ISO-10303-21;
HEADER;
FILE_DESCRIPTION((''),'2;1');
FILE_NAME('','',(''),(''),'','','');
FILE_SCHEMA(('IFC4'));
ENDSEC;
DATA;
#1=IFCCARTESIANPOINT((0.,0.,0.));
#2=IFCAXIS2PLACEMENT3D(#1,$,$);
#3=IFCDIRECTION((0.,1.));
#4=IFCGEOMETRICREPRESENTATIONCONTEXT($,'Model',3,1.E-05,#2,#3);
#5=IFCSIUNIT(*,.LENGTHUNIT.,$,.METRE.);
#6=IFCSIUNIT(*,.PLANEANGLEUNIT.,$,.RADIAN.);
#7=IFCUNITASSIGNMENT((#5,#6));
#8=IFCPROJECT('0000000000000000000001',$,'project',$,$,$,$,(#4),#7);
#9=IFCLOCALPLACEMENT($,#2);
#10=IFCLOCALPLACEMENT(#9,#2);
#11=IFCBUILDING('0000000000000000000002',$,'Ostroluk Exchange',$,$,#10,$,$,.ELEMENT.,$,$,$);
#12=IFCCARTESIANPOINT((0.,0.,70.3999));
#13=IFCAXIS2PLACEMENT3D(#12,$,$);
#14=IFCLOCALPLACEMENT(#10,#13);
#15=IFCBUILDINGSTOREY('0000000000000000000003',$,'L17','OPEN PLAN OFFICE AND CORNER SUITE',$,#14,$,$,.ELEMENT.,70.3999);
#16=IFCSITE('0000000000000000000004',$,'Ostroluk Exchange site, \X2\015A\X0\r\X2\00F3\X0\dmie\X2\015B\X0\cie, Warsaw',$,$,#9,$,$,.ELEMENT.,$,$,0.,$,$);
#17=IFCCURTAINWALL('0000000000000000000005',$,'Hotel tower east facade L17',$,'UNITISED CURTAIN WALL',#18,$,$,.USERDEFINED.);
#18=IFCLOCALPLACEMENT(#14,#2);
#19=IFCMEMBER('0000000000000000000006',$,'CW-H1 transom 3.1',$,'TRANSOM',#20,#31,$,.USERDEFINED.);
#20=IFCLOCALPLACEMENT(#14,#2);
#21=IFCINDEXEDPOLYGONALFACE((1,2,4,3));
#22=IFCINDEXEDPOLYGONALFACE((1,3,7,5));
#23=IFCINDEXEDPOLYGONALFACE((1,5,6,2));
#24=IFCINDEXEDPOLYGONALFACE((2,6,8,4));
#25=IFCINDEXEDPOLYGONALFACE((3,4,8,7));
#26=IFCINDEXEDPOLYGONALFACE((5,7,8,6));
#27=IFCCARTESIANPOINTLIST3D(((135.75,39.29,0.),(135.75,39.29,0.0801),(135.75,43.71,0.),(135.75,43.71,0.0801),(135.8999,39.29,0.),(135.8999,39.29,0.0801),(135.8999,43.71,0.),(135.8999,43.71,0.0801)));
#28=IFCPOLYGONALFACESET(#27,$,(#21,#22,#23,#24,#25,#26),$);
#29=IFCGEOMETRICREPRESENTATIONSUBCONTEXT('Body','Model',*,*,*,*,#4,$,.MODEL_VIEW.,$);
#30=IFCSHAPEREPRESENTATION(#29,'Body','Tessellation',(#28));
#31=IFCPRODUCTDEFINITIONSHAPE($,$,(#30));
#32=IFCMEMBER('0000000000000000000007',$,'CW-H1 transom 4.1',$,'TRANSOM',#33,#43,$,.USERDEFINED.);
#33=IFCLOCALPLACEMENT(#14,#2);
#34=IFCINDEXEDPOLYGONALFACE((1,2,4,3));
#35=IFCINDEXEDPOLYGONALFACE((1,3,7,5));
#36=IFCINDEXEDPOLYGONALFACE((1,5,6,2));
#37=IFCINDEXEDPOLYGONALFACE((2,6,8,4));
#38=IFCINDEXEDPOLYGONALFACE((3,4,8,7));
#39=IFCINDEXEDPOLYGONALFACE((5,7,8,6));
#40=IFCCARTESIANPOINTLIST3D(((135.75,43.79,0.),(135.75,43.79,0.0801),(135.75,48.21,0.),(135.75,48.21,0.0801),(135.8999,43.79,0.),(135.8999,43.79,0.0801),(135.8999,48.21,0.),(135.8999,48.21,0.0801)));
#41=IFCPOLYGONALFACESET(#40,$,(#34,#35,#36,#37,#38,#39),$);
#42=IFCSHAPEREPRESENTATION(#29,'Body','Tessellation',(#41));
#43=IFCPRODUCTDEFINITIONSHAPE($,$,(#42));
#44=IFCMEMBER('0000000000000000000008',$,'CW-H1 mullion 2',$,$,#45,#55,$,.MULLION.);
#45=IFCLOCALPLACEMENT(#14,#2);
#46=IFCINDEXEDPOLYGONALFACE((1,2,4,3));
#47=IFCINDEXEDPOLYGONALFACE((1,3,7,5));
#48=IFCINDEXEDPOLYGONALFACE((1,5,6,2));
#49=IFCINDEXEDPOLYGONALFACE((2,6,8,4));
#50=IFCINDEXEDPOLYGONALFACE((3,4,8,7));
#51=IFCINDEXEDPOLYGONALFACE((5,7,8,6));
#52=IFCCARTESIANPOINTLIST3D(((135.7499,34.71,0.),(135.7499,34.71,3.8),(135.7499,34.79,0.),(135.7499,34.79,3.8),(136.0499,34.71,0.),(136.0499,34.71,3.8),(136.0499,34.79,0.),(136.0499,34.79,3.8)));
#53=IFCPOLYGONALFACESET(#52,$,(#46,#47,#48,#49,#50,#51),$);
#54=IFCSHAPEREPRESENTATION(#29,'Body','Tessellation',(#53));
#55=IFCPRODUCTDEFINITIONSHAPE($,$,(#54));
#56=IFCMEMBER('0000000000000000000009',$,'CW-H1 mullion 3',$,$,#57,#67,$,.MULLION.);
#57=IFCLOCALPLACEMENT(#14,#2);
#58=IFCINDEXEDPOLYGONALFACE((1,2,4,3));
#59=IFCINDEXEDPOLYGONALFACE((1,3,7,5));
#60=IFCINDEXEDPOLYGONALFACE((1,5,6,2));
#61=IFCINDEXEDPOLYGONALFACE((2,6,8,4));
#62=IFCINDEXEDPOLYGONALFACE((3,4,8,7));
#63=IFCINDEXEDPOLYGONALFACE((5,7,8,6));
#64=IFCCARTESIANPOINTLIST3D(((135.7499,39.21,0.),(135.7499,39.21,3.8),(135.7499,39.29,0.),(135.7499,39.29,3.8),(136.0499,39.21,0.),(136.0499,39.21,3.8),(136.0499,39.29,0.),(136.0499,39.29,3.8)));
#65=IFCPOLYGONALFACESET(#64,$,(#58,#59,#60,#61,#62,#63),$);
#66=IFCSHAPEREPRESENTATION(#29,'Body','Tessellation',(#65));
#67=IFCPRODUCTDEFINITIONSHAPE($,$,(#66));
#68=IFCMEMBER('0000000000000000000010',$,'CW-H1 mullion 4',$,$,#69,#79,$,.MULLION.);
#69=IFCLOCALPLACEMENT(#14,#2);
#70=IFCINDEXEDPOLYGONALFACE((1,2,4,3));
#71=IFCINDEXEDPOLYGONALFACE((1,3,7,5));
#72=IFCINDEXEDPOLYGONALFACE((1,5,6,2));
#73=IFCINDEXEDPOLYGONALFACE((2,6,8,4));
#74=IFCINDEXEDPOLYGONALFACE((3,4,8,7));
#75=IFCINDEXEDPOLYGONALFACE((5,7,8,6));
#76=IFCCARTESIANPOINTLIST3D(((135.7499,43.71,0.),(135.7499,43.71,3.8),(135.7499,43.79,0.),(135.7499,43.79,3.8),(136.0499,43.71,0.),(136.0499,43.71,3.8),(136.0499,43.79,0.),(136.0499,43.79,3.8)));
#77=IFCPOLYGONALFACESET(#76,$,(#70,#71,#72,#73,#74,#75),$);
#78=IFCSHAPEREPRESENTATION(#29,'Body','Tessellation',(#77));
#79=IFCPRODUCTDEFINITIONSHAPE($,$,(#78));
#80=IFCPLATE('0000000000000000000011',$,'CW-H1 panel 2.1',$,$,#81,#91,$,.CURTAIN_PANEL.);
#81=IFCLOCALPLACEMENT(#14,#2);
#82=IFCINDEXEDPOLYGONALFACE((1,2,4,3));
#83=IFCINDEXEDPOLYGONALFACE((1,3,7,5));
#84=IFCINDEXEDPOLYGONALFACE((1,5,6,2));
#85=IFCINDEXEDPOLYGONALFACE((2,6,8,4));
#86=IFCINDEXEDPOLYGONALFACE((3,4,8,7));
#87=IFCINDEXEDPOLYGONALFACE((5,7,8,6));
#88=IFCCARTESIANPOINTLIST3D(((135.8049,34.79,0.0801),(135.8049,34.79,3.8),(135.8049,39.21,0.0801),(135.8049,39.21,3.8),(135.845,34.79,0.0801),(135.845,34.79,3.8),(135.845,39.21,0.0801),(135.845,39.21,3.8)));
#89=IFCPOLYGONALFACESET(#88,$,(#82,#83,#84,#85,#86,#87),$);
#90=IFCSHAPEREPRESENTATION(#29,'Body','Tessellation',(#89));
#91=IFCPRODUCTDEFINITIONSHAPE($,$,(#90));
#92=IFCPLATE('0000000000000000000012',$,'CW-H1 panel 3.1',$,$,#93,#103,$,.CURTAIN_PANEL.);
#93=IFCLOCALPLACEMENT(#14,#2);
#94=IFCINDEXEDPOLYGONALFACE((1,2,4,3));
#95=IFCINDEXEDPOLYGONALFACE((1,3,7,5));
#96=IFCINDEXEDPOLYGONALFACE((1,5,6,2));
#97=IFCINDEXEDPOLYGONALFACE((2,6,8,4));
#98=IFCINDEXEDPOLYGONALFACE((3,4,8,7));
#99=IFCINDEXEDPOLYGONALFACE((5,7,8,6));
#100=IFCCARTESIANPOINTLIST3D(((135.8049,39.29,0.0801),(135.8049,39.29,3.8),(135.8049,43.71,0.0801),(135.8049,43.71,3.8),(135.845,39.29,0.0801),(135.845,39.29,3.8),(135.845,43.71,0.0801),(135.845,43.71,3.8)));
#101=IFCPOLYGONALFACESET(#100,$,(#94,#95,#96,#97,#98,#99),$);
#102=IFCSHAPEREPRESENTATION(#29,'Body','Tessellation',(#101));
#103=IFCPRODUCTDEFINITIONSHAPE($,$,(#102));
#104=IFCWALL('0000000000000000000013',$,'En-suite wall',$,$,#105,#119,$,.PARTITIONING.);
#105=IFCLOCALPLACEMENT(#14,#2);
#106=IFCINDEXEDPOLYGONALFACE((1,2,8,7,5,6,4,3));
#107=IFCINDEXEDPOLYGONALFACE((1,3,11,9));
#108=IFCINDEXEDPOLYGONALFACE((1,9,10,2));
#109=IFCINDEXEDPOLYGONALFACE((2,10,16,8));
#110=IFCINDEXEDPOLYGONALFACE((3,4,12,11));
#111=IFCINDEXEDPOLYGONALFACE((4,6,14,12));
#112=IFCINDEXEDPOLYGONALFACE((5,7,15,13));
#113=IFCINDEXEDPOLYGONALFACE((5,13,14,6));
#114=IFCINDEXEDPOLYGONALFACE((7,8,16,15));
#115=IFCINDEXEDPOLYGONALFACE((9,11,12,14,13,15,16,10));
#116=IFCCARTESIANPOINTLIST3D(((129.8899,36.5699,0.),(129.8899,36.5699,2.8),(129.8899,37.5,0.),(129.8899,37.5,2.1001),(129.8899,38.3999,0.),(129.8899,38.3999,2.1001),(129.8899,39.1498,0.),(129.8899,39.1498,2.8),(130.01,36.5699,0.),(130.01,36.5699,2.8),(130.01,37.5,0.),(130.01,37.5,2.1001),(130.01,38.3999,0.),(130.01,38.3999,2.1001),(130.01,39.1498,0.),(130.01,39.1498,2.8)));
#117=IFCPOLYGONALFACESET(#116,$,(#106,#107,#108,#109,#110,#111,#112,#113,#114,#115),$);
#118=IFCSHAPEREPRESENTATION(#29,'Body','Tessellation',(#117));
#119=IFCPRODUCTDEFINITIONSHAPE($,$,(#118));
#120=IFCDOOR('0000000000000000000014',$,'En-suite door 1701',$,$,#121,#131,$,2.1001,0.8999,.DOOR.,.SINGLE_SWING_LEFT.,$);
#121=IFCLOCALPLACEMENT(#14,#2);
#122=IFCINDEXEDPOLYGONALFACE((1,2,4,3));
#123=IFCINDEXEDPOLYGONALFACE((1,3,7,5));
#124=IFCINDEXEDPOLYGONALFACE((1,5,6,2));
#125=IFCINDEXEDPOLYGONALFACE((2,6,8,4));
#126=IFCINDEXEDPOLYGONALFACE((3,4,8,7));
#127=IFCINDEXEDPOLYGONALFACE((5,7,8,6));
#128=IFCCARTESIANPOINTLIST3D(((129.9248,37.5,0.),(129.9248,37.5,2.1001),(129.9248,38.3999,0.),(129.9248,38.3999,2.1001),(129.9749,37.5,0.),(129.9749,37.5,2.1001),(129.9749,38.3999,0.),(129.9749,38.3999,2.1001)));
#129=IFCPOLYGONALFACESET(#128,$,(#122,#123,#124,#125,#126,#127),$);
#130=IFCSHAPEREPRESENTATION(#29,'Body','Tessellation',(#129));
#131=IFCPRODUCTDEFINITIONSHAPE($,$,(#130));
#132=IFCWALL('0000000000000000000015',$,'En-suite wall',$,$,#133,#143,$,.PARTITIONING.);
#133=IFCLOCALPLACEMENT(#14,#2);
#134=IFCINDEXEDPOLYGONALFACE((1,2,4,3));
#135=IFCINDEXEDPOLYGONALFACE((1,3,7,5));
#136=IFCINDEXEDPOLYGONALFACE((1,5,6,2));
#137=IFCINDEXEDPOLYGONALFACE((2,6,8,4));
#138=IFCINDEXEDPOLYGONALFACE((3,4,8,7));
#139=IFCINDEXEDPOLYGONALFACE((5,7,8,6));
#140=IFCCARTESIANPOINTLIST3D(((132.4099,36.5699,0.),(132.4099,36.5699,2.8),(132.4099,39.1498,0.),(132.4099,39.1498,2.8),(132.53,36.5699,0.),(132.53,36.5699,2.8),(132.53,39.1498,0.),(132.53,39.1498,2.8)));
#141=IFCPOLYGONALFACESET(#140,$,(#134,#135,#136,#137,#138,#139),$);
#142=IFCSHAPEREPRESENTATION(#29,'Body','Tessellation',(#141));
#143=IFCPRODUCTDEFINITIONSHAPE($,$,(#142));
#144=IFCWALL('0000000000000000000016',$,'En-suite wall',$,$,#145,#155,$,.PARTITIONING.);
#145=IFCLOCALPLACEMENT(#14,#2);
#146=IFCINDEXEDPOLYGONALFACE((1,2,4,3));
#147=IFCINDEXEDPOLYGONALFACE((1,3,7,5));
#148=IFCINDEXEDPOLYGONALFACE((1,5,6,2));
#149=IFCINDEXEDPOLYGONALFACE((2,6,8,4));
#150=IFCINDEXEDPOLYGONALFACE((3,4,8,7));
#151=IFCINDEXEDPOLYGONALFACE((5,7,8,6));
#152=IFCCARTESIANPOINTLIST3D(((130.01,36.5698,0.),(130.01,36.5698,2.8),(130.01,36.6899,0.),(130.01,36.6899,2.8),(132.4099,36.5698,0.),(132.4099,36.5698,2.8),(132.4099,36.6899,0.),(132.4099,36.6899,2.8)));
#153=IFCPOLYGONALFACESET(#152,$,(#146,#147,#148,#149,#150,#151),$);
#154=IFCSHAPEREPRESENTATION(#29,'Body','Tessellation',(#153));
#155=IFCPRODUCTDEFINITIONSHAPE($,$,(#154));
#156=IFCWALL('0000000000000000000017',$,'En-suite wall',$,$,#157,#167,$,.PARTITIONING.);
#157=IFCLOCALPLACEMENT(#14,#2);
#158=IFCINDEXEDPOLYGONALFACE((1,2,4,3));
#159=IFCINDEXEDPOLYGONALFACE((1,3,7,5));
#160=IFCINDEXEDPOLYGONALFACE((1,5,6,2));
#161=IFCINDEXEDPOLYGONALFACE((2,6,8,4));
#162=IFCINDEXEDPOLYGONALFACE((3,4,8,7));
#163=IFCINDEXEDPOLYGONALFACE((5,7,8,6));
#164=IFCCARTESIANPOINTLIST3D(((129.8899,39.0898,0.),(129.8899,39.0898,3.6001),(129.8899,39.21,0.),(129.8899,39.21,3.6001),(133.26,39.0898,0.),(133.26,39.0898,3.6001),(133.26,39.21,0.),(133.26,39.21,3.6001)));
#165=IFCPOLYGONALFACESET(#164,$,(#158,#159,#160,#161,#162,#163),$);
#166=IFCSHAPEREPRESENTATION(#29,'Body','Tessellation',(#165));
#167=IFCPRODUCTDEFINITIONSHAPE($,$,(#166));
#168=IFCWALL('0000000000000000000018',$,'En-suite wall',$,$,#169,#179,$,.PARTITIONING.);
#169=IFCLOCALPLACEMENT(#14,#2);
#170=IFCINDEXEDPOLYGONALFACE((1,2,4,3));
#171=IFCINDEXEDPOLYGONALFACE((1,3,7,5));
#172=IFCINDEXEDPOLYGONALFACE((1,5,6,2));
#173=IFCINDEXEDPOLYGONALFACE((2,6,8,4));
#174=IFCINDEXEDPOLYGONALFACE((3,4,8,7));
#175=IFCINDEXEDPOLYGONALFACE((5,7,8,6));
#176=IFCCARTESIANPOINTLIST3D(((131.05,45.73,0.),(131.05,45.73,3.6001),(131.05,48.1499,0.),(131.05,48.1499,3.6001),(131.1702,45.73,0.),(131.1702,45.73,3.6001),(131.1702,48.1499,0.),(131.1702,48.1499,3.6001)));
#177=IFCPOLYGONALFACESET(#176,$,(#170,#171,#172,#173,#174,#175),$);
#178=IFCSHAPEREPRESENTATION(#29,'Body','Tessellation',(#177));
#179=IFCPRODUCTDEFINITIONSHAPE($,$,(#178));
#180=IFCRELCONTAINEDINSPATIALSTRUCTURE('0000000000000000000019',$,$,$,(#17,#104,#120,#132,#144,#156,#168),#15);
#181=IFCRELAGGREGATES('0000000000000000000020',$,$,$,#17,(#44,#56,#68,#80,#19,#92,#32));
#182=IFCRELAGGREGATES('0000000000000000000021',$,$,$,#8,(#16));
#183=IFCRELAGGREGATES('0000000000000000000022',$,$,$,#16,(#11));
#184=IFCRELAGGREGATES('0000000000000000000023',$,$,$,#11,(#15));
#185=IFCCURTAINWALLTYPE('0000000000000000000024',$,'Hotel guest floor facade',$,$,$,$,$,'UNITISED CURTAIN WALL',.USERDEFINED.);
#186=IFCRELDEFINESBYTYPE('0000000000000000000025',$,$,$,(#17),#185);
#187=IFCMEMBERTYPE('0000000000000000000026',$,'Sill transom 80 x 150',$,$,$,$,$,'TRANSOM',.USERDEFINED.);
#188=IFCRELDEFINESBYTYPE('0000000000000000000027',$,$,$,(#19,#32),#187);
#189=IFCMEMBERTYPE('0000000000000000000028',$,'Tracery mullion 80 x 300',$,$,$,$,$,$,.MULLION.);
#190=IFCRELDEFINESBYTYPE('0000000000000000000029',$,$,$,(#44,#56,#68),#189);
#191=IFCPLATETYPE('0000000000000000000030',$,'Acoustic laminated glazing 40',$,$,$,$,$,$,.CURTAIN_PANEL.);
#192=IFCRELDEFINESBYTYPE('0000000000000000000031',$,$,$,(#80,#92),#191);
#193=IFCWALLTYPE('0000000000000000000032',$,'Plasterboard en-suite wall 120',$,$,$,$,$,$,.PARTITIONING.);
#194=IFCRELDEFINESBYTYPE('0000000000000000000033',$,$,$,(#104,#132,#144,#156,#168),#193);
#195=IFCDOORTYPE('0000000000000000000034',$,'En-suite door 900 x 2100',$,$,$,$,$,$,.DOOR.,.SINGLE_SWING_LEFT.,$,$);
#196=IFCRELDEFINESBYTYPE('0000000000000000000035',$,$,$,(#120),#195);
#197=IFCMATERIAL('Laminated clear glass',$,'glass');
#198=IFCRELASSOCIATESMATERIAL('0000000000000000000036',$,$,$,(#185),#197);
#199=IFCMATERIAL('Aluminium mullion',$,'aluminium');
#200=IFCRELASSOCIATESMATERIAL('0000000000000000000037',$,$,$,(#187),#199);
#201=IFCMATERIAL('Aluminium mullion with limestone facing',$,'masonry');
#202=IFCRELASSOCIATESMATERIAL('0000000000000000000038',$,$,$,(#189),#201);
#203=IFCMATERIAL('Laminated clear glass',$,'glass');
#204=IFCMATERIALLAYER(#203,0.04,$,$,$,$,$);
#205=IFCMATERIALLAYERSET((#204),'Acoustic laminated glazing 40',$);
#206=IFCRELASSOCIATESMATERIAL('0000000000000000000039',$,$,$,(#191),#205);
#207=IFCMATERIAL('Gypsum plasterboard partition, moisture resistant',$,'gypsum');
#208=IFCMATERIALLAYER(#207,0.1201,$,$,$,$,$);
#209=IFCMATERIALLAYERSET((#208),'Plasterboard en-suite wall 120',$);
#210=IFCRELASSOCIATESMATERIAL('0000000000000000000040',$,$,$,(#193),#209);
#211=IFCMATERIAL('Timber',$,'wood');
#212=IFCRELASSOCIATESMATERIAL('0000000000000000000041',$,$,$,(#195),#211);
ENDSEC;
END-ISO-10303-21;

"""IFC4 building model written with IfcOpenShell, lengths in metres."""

from ifc_helpers import new_model, si_unit, direction, frame, frame_2d, origin, origin_2d, place, context, subcontext, project, spatial, rectangle, extrude, material, layer, layer_set, material_profile, profile_set, type_object, element, fill, aggregate, save


model = new_model("IFC4")

# Units and contexts
model_context = context("Model", 3, precision=1e-05, world=origin(), true_north=direction((0.0, 1.0)))
body_context = subcontext(model_context, "Body", "Model", "MODEL_VIEW")
ifc_project = project(units=[si_unit("LENGTHUNIT", "METRE"), si_unit("PLANEANGLEUNIT", "RADIAN")], contexts=[model_context])

# Site, building, storey
site_placement = place(None, origin())
site = spatial("IfcSite", under=ifc_project, at=site_placement, Name="Ostroluk Exchange site, Śródmieście, Warsaw", CompositionType="ELEMENT", RefElevation=0.0)
building_placement = place(site_placement, origin())
building = spatial("IfcBuilding", under=site, at=building_placement, Name="Ostroluk Exchange", CompositionType="ELEMENT")
storey_placement = place(building_placement, frame((0.0, 0.0, 70.3999)))
storey = spatial("IfcBuildingStorey", under=building, at=storey_placement, Name="L17", Description="OPEN PLAN OFFICE AND CORNER SUITE", CompositionType="ELEMENT", Elevation=70.3999)

# Curtain wall, members, plates
ifc_material_1 = material(Name="Laminated clear glass", Category="glass")
curtain_wall_type = type_object("IfcCurtainWallType", Name="Hotel guest floor facade", ElementType="UNITISED CURTAIN WALL", PredefinedType="USERDEFINED", material=ifc_material_1)
curtain_wall_placement = place(storey_placement, origin())
curtain_wall = element("IfcCurtainWall", 1, at=curtain_wall_placement, inside=storey, type_object=curtain_wall_type, Name="Hotel tower east facade L17", ObjectType="UNITISED CURTAIN WALL", PredefinedType="USERDEFINED")
ifc_material_2 = material(Name="Aluminium mullion", Category="aluminium")
ifc_material_profile_1 = material_profile(ifc_material_2, rectangle(XDim=0.1499, YDim=0.0801, at=origin_2d()), Name="Sill transom 80 x 150")
ifc_profile_set_1 = profile_set([ifc_material_profile_1], Name="Aluminium mullion")
member_type_1 = type_object("IfcMemberType", Name="Sill transom 80 x 150", ElementType="TRANSOM", PredefinedType="USERDEFINED", material=ifc_profile_set_1)
member_1_placement = place(storey_placement, frame((135.825, 39.29, 0.04), z_axis=(0.0, 1.0, 0.0), x_axis=(-1.0, 0.0, 0.0)))
member_1 = element("IfcMember", 2, at=member_1_placement, type_object=member_type_1, Name="CW-H1 transom 3.1", ObjectType="TRANSOM", PredefinedType="USERDEFINED", context=body_context, shape_type="SweptSolid", body=[
    extrude(rectangle(XDim=0.1499, YDim=0.0801, at=origin_2d()), origin(), (0.0, 0.0, 1.0), 4.4199),
])
member_2_placement = place(storey_placement, frame((135.825, 43.79, 0.04), z_axis=(0.0, 1.0, 0.0), x_axis=(-1.0, 0.0, 0.0)))
member_2 = element("IfcMember", 3, at=member_2_placement, type_object=member_type_1, Name="CW-H1 transom 4.1", ObjectType="TRANSOM", PredefinedType="USERDEFINED", context=body_context, shape_type="SweptSolid", body=[
    extrude(rectangle(XDim=0.1499, YDim=0.0801, at=origin_2d()), origin(), (0.0, 0.0, 1.0), 4.4199),
])
ifc_material_3 = material(Name="Aluminium mullion with limestone facing", Category="masonry")
ifc_material_profile_2 = material_profile(ifc_material_3, rectangle(XDim=0.3, YDim=0.0801, at=origin_2d()), Name="Tracery mullion 80 x 300")
ifc_profile_set_2 = profile_set([ifc_material_profile_2], Name="Aluminium mullion with limestone facing")
member_type_2 = type_object("IfcMemberType", Name="Tracery mullion 80 x 300", PredefinedType="MULLION", material=ifc_profile_set_2)
member_3_placement = place(storey_placement, frame((135.8999, 34.75, 0.0), z_axis=(0.0, 0.0, 1.0), x_axis=(-1.0, 0.0, 0.0)))
member_3 = element("IfcMember", 4, at=member_3_placement, type_object=member_type_2, Name="CW-H1 mullion 2", PredefinedType="MULLION", context=body_context, shape_type="SweptSolid", body=[
    extrude(rectangle(XDim=0.3, YDim=0.0801, at=origin_2d()), origin(), (0.0, 0.0, 1.0), 3.8),
])
member_4_placement = place(storey_placement, frame((135.8999, 39.25, 0.0), z_axis=(0.0, 0.0, 1.0), x_axis=(-1.0, 0.0, 0.0)))
member_4 = element("IfcMember", 5, at=member_4_placement, type_object=member_type_2, Name="CW-H1 mullion 3", PredefinedType="MULLION", context=body_context, shape_type="SweptSolid", body=[
    extrude(rectangle(XDim=0.3, YDim=0.0801, at=origin_2d()), origin(), (0.0, 0.0, 1.0), 3.8),
])
member_5_placement = place(storey_placement, frame((135.8999, 43.75, 0.0), z_axis=(0.0, 0.0, 1.0), x_axis=(-1.0, 0.0, 0.0)))
member_5 = element("IfcMember", 6, at=member_5_placement, type_object=member_type_2, Name="CW-H1 mullion 4", PredefinedType="MULLION", context=body_context, shape_type="SweptSolid", body=[
    extrude(rectangle(XDim=0.3, YDim=0.0801, at=origin_2d()), origin(), (0.0, 0.0, 1.0), 3.8),
])
ifc_material_4 = material(Name="Laminated clear glass", Category="glass")
ifc_layer_1 = layer(ifc_material_4, 0.04)
ifc_layer_set_1 = layer_set([ifc_layer_1], Name="Acoustic laminated glazing 40")
plate_type = type_object("IfcPlateType", Name="Acoustic laminated glazing 40", PredefinedType="CURTAIN_PANEL", material=ifc_layer_set_1)
plate_1_placement = place(storey_placement, frame((135.825, 37.0, 0.0801), z_axis=(0.0, 0.0, 1.0), x_axis=(0.0, 1.0, 0.0)))
plate_1 = element("IfcPlate", 7, at=plate_1_placement, type_object=plate_type, Name="CW-H1 panel 2.1", PredefinedType="CURTAIN_PANEL", context=body_context, shape_type="SweptSolid", body=[
    extrude(rectangle(XDim=4.4199, YDim=0.04, at=origin_2d()), origin(), (0.0, 0.0, 1.0), 3.72),
])
plate_2_placement = place(storey_placement, frame((135.825, 41.5, 0.0801), z_axis=(0.0, 0.0, 1.0), x_axis=(0.0, 1.0, 0.0)))
plate_2 = element("IfcPlate", 8, at=plate_2_placement, type_object=plate_type, Name="CW-H1 panel 3.1", PredefinedType="CURTAIN_PANEL", context=body_context, shape_type="SweptSolid", body=[
    extrude(rectangle(XDim=4.4199, YDim=0.04, at=origin_2d()), origin(), (0.0, 0.0, 1.0), 3.72),
])
aggregate(curtain_wall, [member_3, member_4, member_5, plate_1, member_1, plate_2, member_2])

# Wall, opening, door
ifc_material_5 = material(Name="Gypsum plasterboard partition, moisture resistant", Category="gypsum")
ifc_layer_2 = layer(ifc_material_5, 0.1201)
ifc_layer_set_2 = layer_set([ifc_layer_2], Name="Plasterboard en-suite wall 120")
wall_type_1 = type_object("IfcWallType", Name="Plasterboard en-suite wall 120", PredefinedType="PARTITIONING", material=ifc_layer_set_2)
wall_1_placement = place(storey_placement, frame((129.95, 39.1499, 0.0), z_axis=(0.0, 0.0, 1.0), x_axis=(0.0, -1.0, 0.0)))
wall_1 = element("IfcWall", 9, at=wall_1_placement, inside=storey, type_object=wall_type_1, Name="En-suite wall", PredefinedType="PARTITIONING", context=body_context, shape_type="SweptSolid", body=[
    extrude(rectangle(XDim=2.5798, YDim=0.1201, at=frame_2d((1.29, 0.0))), origin(), (0.0, 0.0, 1.0), 2.8),
])
opening_1_placement = place(wall_1_placement, frame((0.75, 0.0, 0.0)))
opening_1 = element("IfcOpeningElement", 10, at=opening_1_placement, cuts=wall_1, PredefinedType="OPENING", context=body_context, shape_type="SweptSolid", body=[
    extrude(rectangle(XDim=0.8999, YDim=2.1001, at=frame_2d((0.45, 1.05))), frame((0.0, 0.0701, 0.0), z_axis=(0.0, -1.0, 0.0), x_axis=(1.0, 0.0, 0.0)), (0.0, 0.0, 1.0), 0.1401),
])
ifc_material_6 = material(Name="Timber", Category="wood")
door_type_1 = type_object("IfcDoorType", Name="En-suite door 900 x 2100", OperationType="SINGLE_SWING_LEFT", PredefinedType="DOOR", material=ifc_material_6)
door_1_placement = place(opening_1_placement, origin())
door_1 = element("IfcDoor", 11, at=door_1_placement, inside=storey, type_object=door_type_1, Name="En-suite door 1701", OperationType="SINGLE_SWING_LEFT", OverallHeight=2.1001, OverallWidth=0.8999, PredefinedType="DOOR", context=body_context, shape_type="SweptSolid", body=[
    extrude(rectangle(XDim=0.8999, YDim=2.1001, at=frame_2d((0.45, 1.05))), frame((0.0, 0.0249, 0.0), z_axis=(0.0, -1.0, 0.0), x_axis=(1.0, 0.0, 0.0)), (0.0, 0.0, 1.0), 0.05),
])
fill(opening_1, door_1)

# Walls
wall_2_placement = place(storey_placement, frame((132.47, 39.1499, 0.0), z_axis=(0.0, 0.0, 1.0), x_axis=(0.0, -1.0, 0.0)))
element("IfcWall", 12, at=wall_2_placement, inside=storey, type_object=wall_type_1, Name="En-suite wall", PredefinedType="PARTITIONING", context=body_context, shape_type="SweptSolid", body=[
    extrude(rectangle(XDim=2.5798, YDim=0.1201, at=frame_2d((1.29, 0.0))), origin(), (0.0, 0.0, 1.0), 2.8),
])
wall_3_placement = place(storey_placement, frame((130.01, 36.6299, 0.0), z_axis=(0.0, 0.0, 1.0), x_axis=(1.0, 0.0, 0.0)))
element("IfcWall", 13, at=wall_3_placement, inside=storey, type_object=wall_type_1, Name="En-suite wall", PredefinedType="PARTITIONING", context=body_context, shape_type="SweptSolid", body=[
    extrude(rectangle(XDim=2.3999, YDim=0.1201, at=frame_2d((1.2, 0.0))), origin(), (0.0, 0.0, 1.0), 2.8),
])
wall_4_placement = place(storey_placement, frame((129.8899, 39.1499, 0.0), z_axis=(0.0, 0.0, 1.0), x_axis=(1.0, 0.0, 0.0)))
element("IfcWall", 14, at=wall_4_placement, inside=storey, type_object=wall_type_1, Name="En-suite wall", PredefinedType="PARTITIONING", context=body_context, shape_type="SweptSolid", body=[
    extrude(rectangle(XDim=3.3701, YDim=0.1201, at=frame_2d((1.6851, 0.0))), origin(), (0.0, 0.0, 1.0), 3.6001),
])
wall_5_placement = place(storey_placement, frame((131.1101, 45.73, 0.0), z_axis=(0.0, 0.0, 1.0), x_axis=(0.0, 1.0, 0.0)))
element("IfcWall", 15, at=wall_5_placement, inside=storey, type_object=wall_type_1, Name="En-suite wall", PredefinedType="PARTITIONING", context=body_context, shape_type="SweptSolid", body=[
    extrude(rectangle(XDim=2.4199, YDim=0.1201, at=frame_2d((1.21, 0.0))), origin(), (0.0, 0.0, 1.0), 3.6001),
])

save(model, "model.ifc")
